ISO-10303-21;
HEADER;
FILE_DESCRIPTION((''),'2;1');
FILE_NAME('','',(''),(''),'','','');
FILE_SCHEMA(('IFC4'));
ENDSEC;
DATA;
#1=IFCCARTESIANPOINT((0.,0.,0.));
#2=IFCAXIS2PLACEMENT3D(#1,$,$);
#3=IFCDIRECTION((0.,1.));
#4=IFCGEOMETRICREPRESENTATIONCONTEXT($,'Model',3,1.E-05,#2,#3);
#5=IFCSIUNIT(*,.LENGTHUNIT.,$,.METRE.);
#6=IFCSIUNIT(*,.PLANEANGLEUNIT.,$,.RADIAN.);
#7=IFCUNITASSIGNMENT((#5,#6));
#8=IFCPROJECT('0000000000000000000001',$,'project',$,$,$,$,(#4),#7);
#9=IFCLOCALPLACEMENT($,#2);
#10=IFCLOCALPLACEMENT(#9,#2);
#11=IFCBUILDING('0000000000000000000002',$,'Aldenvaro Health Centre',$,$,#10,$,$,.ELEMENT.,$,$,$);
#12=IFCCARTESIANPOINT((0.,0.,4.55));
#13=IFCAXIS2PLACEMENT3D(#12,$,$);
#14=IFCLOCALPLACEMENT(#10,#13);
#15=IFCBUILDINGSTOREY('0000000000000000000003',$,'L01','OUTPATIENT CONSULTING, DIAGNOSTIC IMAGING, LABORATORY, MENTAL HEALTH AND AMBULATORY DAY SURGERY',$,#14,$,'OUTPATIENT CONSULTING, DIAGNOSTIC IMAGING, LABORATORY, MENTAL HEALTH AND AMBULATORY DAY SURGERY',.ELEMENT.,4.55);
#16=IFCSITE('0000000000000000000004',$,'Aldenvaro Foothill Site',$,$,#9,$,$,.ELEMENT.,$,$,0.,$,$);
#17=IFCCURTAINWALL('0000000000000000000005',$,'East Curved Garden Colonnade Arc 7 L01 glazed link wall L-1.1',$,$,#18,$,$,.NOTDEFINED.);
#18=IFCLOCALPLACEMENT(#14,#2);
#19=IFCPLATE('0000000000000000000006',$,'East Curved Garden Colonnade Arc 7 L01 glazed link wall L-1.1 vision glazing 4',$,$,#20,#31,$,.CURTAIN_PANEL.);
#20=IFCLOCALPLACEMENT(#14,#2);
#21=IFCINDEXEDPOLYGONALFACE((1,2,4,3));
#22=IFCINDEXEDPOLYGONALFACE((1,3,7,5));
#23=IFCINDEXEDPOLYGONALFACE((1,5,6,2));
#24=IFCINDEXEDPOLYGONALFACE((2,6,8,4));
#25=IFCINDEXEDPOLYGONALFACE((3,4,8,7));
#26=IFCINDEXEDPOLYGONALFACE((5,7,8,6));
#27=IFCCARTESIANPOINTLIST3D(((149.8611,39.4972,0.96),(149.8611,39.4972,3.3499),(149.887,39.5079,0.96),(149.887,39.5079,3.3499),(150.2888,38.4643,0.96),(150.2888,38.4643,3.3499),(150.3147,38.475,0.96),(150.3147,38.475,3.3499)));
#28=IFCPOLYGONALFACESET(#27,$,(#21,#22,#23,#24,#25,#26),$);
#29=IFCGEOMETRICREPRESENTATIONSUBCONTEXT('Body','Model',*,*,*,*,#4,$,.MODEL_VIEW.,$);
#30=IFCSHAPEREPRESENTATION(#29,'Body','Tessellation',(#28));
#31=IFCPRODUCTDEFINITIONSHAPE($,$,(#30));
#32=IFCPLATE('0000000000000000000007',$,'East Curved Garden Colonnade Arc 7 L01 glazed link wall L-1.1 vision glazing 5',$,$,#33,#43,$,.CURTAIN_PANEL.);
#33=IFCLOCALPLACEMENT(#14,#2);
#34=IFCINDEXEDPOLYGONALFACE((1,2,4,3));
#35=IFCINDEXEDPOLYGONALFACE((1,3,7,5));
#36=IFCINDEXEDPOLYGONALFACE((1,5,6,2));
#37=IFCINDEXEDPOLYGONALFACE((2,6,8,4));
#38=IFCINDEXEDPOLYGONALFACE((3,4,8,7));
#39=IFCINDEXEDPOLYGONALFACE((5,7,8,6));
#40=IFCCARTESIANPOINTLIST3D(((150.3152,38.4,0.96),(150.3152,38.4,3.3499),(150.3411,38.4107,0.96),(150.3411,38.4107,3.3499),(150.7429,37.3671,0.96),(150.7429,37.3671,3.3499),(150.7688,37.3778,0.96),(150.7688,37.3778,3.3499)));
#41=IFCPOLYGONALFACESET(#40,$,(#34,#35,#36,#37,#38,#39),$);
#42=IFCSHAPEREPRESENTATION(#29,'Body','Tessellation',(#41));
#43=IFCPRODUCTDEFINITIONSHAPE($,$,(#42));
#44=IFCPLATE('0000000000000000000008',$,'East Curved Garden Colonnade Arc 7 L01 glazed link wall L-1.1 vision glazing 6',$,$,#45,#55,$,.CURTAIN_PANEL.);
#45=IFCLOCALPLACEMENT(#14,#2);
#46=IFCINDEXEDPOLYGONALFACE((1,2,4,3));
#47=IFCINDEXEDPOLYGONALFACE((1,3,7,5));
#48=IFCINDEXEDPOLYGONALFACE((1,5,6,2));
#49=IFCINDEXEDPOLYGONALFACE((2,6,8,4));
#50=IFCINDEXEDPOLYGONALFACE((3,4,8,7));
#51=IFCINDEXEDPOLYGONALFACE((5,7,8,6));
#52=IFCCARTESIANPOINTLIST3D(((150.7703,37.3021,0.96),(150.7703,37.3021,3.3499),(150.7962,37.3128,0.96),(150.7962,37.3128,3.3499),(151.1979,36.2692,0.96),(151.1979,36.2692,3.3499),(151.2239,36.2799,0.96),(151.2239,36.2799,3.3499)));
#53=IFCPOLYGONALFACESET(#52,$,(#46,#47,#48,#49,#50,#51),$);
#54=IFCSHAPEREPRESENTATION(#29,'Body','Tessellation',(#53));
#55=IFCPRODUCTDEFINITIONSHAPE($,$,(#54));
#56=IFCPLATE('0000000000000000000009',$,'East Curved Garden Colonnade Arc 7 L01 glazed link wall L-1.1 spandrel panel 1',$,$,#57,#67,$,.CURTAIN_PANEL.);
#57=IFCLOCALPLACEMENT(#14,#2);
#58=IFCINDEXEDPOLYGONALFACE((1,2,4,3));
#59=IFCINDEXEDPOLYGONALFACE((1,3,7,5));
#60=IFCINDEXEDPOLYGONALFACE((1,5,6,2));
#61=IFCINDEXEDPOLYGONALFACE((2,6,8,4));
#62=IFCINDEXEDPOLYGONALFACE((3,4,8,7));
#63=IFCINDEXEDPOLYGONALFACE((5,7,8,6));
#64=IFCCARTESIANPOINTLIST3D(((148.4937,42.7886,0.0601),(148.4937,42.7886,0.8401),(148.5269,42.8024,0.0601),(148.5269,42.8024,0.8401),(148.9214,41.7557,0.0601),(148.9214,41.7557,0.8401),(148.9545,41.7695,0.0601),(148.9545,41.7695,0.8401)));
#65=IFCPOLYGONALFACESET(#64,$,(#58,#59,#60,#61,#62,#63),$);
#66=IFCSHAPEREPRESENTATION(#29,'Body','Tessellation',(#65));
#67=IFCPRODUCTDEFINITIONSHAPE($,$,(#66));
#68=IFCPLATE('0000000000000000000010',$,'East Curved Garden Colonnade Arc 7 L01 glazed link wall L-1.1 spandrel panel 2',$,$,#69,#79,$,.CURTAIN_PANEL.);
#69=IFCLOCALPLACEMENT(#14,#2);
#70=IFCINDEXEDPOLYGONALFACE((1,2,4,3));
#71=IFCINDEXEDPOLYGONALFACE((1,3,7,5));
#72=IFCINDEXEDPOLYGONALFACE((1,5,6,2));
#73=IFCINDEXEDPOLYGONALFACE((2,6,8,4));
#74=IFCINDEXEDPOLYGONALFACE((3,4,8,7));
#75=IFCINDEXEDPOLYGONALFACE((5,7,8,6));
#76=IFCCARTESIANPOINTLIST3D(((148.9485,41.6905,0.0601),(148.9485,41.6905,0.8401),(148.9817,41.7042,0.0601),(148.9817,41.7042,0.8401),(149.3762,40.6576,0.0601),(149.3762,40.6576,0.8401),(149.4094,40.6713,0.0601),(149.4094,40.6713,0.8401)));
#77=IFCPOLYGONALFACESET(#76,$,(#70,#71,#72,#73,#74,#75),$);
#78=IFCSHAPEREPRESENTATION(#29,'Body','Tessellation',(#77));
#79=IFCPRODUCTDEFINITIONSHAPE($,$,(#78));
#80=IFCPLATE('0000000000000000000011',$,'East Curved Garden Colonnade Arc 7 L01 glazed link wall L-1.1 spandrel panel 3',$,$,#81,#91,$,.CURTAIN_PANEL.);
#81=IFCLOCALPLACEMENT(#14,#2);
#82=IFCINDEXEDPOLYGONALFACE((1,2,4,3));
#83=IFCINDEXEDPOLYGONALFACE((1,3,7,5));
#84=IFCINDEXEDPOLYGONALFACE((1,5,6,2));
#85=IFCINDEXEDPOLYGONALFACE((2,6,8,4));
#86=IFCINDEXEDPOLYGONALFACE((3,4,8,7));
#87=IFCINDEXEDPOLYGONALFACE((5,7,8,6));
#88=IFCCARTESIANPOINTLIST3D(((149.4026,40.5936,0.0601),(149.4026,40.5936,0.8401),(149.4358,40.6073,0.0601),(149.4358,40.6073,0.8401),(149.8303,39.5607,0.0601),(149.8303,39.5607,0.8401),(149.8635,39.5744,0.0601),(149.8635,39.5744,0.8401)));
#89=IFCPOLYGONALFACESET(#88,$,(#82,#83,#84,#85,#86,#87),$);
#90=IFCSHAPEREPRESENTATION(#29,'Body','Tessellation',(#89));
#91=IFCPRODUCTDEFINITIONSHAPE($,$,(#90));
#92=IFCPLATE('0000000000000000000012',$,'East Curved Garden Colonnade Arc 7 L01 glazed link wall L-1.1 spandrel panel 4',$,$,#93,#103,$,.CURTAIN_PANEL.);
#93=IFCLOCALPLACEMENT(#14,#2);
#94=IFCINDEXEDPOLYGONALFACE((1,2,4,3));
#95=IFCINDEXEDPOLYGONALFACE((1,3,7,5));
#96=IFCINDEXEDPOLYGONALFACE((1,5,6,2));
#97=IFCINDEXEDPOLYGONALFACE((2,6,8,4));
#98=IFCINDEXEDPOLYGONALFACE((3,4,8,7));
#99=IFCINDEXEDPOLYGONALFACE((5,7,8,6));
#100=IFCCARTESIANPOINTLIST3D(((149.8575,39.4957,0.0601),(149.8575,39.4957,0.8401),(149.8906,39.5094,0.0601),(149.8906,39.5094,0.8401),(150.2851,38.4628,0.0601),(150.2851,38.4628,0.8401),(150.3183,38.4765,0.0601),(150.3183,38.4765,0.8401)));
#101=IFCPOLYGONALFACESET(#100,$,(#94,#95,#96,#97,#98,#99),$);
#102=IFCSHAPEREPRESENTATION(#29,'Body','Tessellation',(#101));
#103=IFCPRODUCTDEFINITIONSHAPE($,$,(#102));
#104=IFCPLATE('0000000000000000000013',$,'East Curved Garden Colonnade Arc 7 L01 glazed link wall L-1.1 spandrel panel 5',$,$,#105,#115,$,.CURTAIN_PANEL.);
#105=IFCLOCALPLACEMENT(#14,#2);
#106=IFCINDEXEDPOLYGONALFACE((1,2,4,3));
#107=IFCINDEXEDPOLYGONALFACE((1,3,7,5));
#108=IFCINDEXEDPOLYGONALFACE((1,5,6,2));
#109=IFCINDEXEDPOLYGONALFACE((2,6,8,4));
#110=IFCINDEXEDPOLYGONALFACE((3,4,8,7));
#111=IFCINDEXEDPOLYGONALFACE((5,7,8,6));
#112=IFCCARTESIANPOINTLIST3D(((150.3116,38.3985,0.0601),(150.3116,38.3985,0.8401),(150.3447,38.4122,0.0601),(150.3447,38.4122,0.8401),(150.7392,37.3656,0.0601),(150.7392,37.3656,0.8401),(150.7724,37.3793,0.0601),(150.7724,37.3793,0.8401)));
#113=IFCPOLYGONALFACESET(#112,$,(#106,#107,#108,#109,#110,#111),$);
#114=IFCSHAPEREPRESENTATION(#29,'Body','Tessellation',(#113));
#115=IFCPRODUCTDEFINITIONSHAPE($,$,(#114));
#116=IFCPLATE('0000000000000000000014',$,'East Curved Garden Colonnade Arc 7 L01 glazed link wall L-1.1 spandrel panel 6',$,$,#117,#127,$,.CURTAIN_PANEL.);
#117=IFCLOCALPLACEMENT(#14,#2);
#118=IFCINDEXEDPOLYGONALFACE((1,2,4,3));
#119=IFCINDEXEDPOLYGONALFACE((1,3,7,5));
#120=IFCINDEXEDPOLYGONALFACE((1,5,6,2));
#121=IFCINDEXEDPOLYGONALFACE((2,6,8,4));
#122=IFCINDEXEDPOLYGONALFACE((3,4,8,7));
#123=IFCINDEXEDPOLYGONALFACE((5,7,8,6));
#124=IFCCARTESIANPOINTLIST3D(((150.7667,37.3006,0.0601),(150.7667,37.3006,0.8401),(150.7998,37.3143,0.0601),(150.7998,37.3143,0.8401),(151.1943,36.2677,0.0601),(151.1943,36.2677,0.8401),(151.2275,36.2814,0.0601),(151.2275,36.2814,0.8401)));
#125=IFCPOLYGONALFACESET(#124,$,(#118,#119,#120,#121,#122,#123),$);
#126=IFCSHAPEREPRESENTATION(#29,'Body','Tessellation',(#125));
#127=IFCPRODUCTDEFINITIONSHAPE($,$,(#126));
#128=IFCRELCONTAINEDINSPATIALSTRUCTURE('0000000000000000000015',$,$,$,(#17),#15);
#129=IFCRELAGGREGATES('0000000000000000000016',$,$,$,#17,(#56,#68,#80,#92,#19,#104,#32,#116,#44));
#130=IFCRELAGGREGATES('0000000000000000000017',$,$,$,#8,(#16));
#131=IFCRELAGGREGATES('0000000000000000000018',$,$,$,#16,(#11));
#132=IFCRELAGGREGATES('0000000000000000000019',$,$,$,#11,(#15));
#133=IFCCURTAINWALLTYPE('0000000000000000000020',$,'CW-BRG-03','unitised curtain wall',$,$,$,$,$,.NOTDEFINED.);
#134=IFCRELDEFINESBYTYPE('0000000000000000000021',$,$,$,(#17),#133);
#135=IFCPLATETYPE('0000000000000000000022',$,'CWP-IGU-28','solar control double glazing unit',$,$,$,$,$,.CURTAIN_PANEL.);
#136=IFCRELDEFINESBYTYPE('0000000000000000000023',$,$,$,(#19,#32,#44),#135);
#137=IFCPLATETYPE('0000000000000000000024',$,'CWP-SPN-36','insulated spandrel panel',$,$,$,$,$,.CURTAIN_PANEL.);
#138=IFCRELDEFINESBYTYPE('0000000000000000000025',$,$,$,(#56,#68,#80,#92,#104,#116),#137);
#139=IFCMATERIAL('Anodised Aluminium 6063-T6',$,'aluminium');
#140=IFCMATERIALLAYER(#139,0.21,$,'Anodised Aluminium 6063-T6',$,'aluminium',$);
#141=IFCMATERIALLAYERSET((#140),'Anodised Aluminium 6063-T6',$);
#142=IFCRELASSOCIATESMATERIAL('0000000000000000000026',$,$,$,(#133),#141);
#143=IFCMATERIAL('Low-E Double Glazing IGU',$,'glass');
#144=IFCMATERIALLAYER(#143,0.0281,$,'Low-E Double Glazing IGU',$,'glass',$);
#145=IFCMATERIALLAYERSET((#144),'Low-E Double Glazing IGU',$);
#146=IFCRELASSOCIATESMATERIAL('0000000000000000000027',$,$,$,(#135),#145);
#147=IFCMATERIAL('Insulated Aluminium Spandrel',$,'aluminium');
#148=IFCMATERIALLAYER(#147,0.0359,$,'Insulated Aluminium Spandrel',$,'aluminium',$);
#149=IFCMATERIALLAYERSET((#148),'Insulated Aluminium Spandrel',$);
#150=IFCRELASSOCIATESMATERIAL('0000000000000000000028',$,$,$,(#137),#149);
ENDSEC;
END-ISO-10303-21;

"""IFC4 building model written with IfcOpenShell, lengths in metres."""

from ifc_helpers import new_model, si_unit, direction, frame, origin, origin_2d, place, context, subcontext, project, spatial, rectangle, extrude, material, layer, layer_set, type_object, element, aggregate, save


model = new_model("IFC4")

# Units and contexts
model_context = context("Model", 3, precision=1e-05, world=origin(), true_north=direction((0.0, 1.0)))
body_context = subcontext(model_context, "Body", "Model", "MODEL_VIEW")
ifc_project = project(units=[si_unit("LENGTHUNIT", "METRE"), si_unit("PLANEANGLEUNIT", "RADIAN")], contexts=[model_context])

# Site, building, storey
site_placement = place(None, origin())
site = spatial("IfcSite", under=ifc_project, at=site_placement, Name="Aldenvaro Foothill Site", CompositionType="ELEMENT", RefElevation=0.0)
building_placement = place(site_placement, origin())
building = spatial("IfcBuilding", under=site, at=building_placement, Name="Aldenvaro Health Centre", CompositionType="ELEMENT")
storey_placement = place(building_placement, frame((0.0, 0.0, 4.55)))
storey = spatial("IfcBuildingStorey", under=building, at=storey_placement, Name="L01", Description="OUTPATIENT CONSULTING, DIAGNOSTIC IMAGING, LABORATORY, MENTAL HEALTH AND AMBULATORY DAY SURGERY", LongName="OUTPATIENT CONSULTING, DIAGNOSTIC IMAGING, LABORATORY, MENTAL HEALTH AND AMBULATORY DAY SURGERY", CompositionType="ELEMENT", Elevation=4.55)

# Curtain wall, plates
ifc_material_1 = material(Name="Anodised Aluminium 6063-T6", Category="aluminium")
ifc_layer_1 = layer(ifc_material_1, 0.21, Name="Anodised Aluminium 6063-T6", Category="aluminium")
ifc_layer_set_1 = layer_set([ifc_layer_1], Name="Anodised Aluminium 6063-T6")
curtain_wall_type = type_object("IfcCurtainWallType", Name="CW-BRG-03", Description="unitised curtain wall", PredefinedType="NOTDEFINED", material=ifc_layer_set_1)
curtain_wall_placement = place(storey_placement, origin())
curtain_wall = element("IfcCurtainWall", 1, at=curtain_wall_placement, inside=storey, type_object=curtain_wall_type, Name="East Curved Garden Colonnade Arc 7 L01 glazed link wall L-1.1", PredefinedType="NOTDEFINED")
ifc_material_2 = material(Name="Low-E Double Glazing IGU", Category="glass")
ifc_layer_2 = layer(ifc_material_2, 0.0281, Name="Low-E Double Glazing IGU", Category="glass")
ifc_layer_set_2 = layer_set([ifc_layer_2], Name="Low-E Double Glazing IGU")
plate_type_1 = type_object("IfcPlateType", Name="CWP-IGU-28", Description="solar control double glazing unit", PredefinedType="CURTAIN_PANEL", material=ifc_layer_set_2)
plate_1_placement = place(storey_placement, frame((150.0879, 38.9861, 0.96), z_axis=(0.0, 0.0, 1.0), x_axis=(0.382562, -0.92393, 0.0)))
plate_1 = element("IfcPlate", 2, at=plate_1_placement, type_object=plate_type_1, Name="East Curved Garden Colonnade Arc 7 L01 glazed link wall L-1.1 vision glazing 4", PredefinedType="CURTAIN_PANEL", context=body_context, shape_type="SweptSolid", body=[
    extrude(rectangle(XDim=1.1179, YDim=0.0281, at=origin_2d()), origin(), (0.0, 0.0, 1.0), 2.3899),
])
plate_2_placement = place(storey_placement, frame((150.542, 37.8889, 0.96), z_axis=(0.0, 0.0, 1.0), x_axis=(0.382562, -0.92393, 0.0)))
plate_2 = element("IfcPlate", 3, at=plate_2_placement, type_object=plate_type_1, Name="East Curved Garden Colonnade Arc 7 L01 glazed link wall L-1.1 vision glazing 5", PredefinedType="CURTAIN_PANEL", context=body_context, shape_type="SweptSolid", body=[
    extrude(rectangle(XDim=1.1179, YDim=0.0281, at=origin_2d()), origin(), (0.0, 0.0, 1.0), 2.3899),
])
plate_3_placement = place(storey_placement, frame((150.9971, 36.791, 0.96), z_axis=(0.0, 0.0, 1.0), x_axis=(0.382562, -0.92393, 0.0)))
plate_3 = element("IfcPlate", 4, at=plate_3_placement, type_object=plate_type_1, Name="East Curved Garden Colonnade Arc 7 L01 glazed link wall L-1.1 vision glazing 6", PredefinedType="CURTAIN_PANEL", context=body_context, shape_type="SweptSolid", body=[
    extrude(rectangle(XDim=1.1179, YDim=0.0281, at=origin_2d()), origin(), (0.0, 0.0, 1.0), 2.3899),
])
ifc_material_3 = material(Name="Insulated Aluminium Spandrel", Category="aluminium")
ifc_layer_3 = layer(ifc_material_3, 0.0359, Name="Insulated Aluminium Spandrel", Category="aluminium")
ifc_layer_set_3 = layer_set([ifc_layer_3], Name="Insulated Aluminium Spandrel")
plate_type_2 = type_object("IfcPlateType", Name="CWP-SPN-36", Description="insulated spandrel panel", PredefinedType="CURTAIN_PANEL", material=ifc_layer_set_3)
plate_4_placement = place(storey_placement, frame((148.7241, 42.2791, 0.0601), z_axis=(0.0, 0.0, 1.0), x_axis=(0.382562, -0.92393, 0.0)))
plate_4 = element("IfcPlate", 5, at=plate_4_placement, type_object=plate_type_2, Name="East Curved Garden Colonnade Arc 7 L01 glazed link wall L-1.1 spandrel panel 1", PredefinedType="CURTAIN_PANEL", context=body_context, shape_type="SweptSolid", body=[
    extrude(rectangle(XDim=1.1179, YDim=0.0359, at=origin_2d()), origin(), (0.0, 0.0, 1.0), 0.78),
])
plate_5_placement = place(storey_placement, frame((149.179, 41.1809, 0.0601), z_axis=(0.0, 0.0, 1.0), x_axis=(0.382562, -0.92393, 0.0)))
plate_5 = element("IfcPlate", 6, at=plate_5_placement, type_object=plate_type_2, Name="East Curved Garden Colonnade Arc 7 L01 glazed link wall L-1.1 spandrel panel 2", PredefinedType="CURTAIN_PANEL", context=body_context, shape_type="SweptSolid", body=[
    extrude(rectangle(XDim=1.1179, YDim=0.0359, at=origin_2d()), origin(), (0.0, 0.0, 1.0), 0.78),
])
plate_6_placement = place(storey_placement, frame((149.6331, 40.084, 0.0601), z_axis=(0.0, 0.0, 1.0), x_axis=(0.382562, -0.92393, 0.0)))
plate_6 = element("IfcPlate", 7, at=plate_6_placement, type_object=plate_type_2, Name="East Curved Garden Colonnade Arc 7 L01 glazed link wall L-1.1 spandrel panel 3", PredefinedType="CURTAIN_PANEL", context=body_context, shape_type="SweptSolid", body=[
    extrude(rectangle(XDim=1.1179, YDim=0.0359, at=origin_2d()), origin(), (0.0, 0.0, 1.0), 0.78),
])
plate_7_placement = place(storey_placement, frame((150.0879, 38.9861, 0.0601), z_axis=(0.0, 0.0, 1.0), x_axis=(0.382562, -0.92393, 0.0)))
plate_7 = element("IfcPlate", 8, at=plate_7_placement, type_object=plate_type_2, Name="East Curved Garden Colonnade Arc 7 L01 glazed link wall L-1.1 spandrel panel 4", PredefinedType="CURTAIN_PANEL", context=body_context, shape_type="SweptSolid", body=[
    extrude(rectangle(XDim=1.1179, YDim=0.0359, at=origin_2d()), origin(), (0.0, 0.0, 1.0), 0.78),
])
plate_8_placement = place(storey_placement, frame((150.542, 37.8889, 0.0601), z_axis=(0.0, 0.0, 1.0), x_axis=(0.382562, -0.92393, 0.0)))
plate_8 = element("IfcPlate", 9, at=plate_8_placement, type_object=plate_type_2, Name="East Curved Garden Colonnade Arc 7 L01 glazed link wall L-1.1 spandrel panel 5", PredefinedType="CURTAIN_PANEL", context=body_context, shape_type="SweptSolid", body=[
    extrude(rectangle(XDim=1.1179, YDim=0.0359, at=origin_2d()), origin(), (0.0, 0.0, 1.0), 0.78),
])
plate_9_placement = place(storey_placement, frame((150.9971, 36.791, 0.0601), z_axis=(0.0, 0.0, 1.0), x_axis=(0.382562, -0.92393, 0.0)))
plate_9 = element("IfcPlate", 10, at=plate_9_placement, type_object=plate_type_2, Name="East Curved Garden Colonnade Arc 7 L01 glazed link wall L-1.1 spandrel panel 6", PredefinedType="CURTAIN_PANEL", context=body_context, shape_type="SweptSolid", body=[
    extrude(rectangle(XDim=1.1179, YDim=0.0359, at=origin_2d()), origin(), (0.0, 0.0, 1.0), 0.78),
])
aggregate(curtain_wall, [plate_4, plate_5, plate_6, plate_7, plate_1, plate_8, plate_2, plate_9, plate_3])

save(model, "model.ifc")
